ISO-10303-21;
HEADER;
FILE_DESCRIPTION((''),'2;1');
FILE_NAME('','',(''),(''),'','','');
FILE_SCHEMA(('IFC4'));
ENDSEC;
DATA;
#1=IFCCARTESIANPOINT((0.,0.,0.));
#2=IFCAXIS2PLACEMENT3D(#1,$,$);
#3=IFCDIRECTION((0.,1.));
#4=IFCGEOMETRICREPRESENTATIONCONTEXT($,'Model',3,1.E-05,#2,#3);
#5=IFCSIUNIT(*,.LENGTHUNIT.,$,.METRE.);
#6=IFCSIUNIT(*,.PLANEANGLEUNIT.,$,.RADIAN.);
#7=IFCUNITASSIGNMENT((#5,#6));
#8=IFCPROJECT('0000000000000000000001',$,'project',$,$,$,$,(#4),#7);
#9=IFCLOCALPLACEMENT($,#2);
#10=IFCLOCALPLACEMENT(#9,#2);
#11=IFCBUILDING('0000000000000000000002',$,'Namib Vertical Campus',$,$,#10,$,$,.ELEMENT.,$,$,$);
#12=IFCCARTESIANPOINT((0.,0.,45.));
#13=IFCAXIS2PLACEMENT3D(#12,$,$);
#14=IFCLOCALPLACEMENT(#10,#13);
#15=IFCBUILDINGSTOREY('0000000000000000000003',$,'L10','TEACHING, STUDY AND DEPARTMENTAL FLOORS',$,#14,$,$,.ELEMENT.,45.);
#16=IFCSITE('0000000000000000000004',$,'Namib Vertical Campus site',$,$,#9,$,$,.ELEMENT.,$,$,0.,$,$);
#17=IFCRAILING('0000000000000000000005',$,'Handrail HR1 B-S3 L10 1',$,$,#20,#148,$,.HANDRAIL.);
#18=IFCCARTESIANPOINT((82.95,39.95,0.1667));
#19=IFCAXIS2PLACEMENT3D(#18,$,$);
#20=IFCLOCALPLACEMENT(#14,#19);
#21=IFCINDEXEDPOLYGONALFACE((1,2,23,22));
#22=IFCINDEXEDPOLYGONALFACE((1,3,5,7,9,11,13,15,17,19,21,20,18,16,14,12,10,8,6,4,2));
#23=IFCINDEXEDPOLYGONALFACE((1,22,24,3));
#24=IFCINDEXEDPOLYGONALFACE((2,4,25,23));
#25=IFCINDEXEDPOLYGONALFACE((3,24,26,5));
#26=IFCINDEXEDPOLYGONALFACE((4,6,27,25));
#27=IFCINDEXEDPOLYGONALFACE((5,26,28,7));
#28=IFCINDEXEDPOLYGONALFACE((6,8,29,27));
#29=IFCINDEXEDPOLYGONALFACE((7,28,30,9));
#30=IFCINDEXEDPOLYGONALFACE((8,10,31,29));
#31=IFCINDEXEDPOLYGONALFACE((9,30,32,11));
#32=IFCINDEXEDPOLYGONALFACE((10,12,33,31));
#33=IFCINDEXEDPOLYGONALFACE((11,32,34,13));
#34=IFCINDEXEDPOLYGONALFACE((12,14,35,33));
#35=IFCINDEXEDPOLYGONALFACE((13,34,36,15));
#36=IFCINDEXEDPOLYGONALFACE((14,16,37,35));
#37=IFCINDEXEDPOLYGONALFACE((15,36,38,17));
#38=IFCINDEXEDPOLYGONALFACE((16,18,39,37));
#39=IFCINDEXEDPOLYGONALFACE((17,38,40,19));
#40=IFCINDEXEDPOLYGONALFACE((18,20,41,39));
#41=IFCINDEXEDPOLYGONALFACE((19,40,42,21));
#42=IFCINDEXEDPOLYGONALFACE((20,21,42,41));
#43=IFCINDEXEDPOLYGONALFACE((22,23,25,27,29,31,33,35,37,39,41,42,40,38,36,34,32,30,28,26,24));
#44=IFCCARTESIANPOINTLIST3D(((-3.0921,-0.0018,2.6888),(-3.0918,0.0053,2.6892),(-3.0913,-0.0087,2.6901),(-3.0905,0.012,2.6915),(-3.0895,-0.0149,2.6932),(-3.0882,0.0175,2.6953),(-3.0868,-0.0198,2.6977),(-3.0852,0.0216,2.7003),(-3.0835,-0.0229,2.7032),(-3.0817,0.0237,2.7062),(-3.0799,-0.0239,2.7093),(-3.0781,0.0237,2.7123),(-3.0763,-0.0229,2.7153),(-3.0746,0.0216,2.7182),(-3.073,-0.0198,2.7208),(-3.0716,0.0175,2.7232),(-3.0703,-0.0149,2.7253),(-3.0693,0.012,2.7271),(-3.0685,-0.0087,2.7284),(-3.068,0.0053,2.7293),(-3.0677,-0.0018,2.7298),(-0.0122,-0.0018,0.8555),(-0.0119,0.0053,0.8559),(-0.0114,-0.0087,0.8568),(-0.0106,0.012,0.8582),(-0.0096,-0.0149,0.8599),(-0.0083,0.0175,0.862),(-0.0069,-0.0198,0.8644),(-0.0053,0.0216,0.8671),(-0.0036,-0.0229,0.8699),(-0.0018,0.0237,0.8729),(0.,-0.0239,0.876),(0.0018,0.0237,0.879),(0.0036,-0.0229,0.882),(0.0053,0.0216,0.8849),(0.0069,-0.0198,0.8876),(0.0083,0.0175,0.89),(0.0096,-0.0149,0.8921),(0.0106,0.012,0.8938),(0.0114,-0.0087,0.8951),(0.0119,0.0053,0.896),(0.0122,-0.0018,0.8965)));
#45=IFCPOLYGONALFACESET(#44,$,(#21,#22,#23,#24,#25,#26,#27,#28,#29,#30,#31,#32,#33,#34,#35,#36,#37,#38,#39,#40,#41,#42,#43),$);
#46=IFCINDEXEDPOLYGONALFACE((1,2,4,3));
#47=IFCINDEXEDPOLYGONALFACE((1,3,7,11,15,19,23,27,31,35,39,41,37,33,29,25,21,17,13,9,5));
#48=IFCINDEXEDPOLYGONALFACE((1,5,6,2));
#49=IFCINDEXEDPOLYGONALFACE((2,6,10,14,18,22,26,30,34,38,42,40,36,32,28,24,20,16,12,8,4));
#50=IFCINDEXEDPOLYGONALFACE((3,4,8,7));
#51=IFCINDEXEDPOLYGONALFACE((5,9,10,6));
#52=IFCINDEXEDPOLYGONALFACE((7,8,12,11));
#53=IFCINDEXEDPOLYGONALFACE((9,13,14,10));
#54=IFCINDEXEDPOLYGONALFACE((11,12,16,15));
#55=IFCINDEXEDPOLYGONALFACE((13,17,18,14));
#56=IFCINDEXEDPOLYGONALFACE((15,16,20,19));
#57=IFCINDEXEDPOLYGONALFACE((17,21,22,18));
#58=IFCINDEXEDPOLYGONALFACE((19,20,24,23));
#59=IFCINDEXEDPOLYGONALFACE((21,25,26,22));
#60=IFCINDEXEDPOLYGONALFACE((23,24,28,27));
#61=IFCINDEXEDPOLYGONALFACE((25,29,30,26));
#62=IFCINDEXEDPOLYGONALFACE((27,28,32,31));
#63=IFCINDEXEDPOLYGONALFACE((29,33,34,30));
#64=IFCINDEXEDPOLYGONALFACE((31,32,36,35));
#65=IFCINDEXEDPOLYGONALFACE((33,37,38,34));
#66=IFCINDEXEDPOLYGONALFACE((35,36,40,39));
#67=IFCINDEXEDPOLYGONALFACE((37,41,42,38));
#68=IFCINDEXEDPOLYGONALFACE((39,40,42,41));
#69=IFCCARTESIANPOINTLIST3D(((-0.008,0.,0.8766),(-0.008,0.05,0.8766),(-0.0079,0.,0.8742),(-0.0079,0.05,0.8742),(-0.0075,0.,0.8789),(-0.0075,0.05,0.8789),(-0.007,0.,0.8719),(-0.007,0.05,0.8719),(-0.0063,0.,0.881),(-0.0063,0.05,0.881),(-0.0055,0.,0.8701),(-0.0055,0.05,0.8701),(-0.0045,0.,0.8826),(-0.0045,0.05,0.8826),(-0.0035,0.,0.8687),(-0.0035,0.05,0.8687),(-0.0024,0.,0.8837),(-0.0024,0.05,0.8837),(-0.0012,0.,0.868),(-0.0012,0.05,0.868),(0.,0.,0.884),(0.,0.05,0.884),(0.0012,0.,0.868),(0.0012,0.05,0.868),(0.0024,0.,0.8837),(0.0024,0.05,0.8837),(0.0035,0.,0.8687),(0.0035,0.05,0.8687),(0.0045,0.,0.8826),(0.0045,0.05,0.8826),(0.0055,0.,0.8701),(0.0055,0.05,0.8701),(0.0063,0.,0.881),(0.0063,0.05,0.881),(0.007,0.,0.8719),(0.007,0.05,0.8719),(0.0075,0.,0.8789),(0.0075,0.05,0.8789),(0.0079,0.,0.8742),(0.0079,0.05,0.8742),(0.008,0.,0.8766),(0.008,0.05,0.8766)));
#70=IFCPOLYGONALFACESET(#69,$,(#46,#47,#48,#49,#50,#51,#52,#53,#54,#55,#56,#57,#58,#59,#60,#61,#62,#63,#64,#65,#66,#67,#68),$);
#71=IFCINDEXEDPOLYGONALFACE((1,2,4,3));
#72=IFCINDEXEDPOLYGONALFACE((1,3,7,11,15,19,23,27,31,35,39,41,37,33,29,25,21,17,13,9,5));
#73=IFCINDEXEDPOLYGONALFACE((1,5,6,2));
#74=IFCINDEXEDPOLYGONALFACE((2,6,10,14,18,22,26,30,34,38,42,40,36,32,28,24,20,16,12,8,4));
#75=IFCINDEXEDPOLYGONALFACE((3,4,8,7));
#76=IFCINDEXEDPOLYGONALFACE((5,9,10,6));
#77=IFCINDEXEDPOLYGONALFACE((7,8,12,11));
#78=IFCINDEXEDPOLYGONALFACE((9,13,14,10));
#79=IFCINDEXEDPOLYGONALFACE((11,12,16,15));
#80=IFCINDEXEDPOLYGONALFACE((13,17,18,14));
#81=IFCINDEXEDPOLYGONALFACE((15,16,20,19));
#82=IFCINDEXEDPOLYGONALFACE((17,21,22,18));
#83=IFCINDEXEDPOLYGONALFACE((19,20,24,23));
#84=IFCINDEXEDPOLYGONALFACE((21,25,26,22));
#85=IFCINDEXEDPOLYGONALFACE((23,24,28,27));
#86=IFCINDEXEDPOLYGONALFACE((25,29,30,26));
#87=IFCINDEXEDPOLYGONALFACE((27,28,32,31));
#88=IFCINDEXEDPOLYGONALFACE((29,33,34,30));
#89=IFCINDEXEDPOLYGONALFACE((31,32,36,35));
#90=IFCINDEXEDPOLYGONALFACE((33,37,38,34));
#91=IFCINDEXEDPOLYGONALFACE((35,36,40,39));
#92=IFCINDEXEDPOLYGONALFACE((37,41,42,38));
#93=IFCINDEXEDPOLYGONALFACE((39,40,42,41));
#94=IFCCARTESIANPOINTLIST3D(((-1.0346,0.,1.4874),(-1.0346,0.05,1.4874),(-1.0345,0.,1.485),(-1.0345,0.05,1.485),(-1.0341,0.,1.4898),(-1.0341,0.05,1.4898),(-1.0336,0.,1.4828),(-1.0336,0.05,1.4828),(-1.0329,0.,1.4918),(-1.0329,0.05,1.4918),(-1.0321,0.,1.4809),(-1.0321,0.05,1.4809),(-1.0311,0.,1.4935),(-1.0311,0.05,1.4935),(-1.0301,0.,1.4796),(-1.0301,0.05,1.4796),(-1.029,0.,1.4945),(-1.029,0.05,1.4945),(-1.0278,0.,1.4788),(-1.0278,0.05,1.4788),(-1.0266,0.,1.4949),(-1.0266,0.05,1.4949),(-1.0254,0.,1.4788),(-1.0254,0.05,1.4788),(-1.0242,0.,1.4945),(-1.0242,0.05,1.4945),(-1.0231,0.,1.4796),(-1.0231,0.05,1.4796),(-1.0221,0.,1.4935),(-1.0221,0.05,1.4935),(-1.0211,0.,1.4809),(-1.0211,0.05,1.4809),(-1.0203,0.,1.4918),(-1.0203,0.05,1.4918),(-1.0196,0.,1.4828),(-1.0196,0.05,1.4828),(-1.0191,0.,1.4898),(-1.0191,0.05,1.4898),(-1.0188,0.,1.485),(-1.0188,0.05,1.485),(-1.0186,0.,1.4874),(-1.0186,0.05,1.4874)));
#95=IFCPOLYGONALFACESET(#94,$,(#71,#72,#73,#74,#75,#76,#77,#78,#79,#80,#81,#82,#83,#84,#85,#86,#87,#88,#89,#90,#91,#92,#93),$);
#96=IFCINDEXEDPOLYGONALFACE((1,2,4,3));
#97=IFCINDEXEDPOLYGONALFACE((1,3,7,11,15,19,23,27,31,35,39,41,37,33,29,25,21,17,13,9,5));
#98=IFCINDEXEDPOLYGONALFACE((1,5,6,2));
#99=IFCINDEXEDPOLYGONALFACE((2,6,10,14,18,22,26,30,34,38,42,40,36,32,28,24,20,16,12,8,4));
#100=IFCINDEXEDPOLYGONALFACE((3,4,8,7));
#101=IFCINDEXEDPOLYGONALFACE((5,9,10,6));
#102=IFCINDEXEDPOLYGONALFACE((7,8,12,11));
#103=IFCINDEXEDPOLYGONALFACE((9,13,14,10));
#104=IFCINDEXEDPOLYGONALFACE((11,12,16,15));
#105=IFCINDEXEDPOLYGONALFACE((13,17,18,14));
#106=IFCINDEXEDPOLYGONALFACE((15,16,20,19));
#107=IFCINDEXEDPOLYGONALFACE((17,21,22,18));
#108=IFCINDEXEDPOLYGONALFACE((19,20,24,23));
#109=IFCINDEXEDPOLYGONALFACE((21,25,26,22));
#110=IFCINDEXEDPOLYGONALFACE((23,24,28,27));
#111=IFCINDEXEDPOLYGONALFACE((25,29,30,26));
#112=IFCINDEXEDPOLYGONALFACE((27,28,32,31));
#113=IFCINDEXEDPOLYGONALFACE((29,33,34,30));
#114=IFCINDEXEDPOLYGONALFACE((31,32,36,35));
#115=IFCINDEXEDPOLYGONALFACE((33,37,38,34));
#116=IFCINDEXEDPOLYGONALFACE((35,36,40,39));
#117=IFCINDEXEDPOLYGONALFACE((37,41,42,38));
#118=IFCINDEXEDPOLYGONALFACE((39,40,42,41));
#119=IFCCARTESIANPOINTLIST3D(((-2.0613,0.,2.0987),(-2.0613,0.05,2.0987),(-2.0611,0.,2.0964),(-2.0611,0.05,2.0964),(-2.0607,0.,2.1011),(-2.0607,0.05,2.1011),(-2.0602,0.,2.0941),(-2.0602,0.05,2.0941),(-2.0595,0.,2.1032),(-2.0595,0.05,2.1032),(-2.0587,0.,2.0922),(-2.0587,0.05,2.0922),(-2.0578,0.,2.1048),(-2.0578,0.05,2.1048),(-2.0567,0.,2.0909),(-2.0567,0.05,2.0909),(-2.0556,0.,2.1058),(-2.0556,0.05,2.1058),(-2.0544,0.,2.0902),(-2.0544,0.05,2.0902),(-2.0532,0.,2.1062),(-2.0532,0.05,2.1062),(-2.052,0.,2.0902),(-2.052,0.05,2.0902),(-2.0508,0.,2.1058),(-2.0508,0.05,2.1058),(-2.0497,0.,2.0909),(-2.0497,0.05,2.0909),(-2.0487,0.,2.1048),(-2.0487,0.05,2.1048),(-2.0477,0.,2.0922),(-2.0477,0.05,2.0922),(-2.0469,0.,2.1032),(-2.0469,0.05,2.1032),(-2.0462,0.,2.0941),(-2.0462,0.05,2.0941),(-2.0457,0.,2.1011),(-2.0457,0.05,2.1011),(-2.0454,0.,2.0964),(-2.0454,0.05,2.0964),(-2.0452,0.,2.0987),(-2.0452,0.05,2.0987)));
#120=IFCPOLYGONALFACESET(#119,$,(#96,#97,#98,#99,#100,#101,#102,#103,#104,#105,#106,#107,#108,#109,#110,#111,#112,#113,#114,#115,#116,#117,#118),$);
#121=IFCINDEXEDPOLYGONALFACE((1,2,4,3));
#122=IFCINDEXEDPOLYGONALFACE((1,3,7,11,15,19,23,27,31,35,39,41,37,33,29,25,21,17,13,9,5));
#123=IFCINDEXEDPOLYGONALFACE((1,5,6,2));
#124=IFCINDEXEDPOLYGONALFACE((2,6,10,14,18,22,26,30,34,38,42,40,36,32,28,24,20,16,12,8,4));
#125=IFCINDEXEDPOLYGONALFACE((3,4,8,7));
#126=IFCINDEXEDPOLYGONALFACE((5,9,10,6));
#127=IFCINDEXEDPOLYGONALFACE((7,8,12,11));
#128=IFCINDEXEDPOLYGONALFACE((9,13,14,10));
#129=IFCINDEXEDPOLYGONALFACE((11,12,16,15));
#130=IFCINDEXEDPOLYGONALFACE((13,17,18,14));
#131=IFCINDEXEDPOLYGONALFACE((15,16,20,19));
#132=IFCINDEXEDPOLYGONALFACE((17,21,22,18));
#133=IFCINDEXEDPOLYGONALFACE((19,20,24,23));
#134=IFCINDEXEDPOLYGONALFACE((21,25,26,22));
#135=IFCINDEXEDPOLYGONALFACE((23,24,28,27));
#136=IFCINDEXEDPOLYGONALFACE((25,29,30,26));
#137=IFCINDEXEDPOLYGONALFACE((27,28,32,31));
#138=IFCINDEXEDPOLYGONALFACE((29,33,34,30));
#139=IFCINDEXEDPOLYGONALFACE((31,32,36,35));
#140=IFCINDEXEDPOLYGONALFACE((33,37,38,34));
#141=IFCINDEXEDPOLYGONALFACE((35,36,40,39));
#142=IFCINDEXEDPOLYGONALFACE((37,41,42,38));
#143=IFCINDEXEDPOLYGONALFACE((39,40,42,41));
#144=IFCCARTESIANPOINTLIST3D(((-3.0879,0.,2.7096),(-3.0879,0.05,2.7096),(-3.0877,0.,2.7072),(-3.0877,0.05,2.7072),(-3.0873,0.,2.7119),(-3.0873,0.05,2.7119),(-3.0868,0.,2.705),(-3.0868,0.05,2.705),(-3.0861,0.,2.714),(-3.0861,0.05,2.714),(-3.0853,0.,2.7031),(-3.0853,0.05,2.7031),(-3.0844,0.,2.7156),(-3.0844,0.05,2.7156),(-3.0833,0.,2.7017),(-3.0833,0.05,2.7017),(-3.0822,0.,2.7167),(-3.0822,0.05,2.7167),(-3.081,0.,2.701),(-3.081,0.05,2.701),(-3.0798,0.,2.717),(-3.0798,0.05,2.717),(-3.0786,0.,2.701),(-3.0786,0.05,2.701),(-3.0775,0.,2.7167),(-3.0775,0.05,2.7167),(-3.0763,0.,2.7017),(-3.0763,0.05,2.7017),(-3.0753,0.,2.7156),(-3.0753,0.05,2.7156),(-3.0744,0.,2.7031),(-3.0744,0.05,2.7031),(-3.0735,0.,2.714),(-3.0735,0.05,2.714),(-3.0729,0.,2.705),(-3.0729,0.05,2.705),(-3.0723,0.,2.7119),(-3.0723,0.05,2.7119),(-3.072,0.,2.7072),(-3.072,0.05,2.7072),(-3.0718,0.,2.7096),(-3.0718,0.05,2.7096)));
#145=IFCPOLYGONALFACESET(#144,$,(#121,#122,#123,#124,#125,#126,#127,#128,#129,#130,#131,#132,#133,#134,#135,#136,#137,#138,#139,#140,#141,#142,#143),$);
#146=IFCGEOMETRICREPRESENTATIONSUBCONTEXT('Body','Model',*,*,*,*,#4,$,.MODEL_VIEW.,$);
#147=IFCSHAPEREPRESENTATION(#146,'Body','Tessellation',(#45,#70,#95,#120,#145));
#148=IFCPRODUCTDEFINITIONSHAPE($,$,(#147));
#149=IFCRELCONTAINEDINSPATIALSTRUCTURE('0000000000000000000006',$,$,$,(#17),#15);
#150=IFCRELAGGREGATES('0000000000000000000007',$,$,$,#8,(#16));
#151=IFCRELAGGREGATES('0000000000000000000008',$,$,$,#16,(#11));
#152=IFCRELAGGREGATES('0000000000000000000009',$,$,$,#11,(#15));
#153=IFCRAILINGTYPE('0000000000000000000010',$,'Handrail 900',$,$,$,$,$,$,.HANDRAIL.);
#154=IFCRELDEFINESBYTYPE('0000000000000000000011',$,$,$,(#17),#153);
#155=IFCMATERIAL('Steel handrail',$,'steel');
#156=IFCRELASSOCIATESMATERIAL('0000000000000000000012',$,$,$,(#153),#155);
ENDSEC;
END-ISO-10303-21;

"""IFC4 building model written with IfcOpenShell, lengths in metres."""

from ifc_helpers import new_model, si_unit, direction, frame, origin, origin_2d, place, context, subcontext, project, spatial, circle, extrude, material, type_object, element, save


model = new_model("IFC4")

# Units and contexts
model_context = context("Model", 3, precision=1e-05, world=origin(), true_north=direction((0.0, 1.0)))
body_context = subcontext(model_context, "Body", "Model", "MODEL_VIEW")
ifc_project = project(units=[si_unit("LENGTHUNIT", "METRE"), si_unit("PLANEANGLEUNIT", "RADIAN")], contexts=[model_context])

# Site, building, storey
site_placement = place(None, origin())
site = spatial("IfcSite", under=ifc_project, at=site_placement, Name="Namib Vertical Campus site", CompositionType="ELEMENT", RefElevation=0.0)
building_placement = place(site_placement, origin())
building = spatial("IfcBuilding", under=site, at=building_placement, Name="Namib Vertical Campus", CompositionType="ELEMENT")
storey_placement = place(building_placement, frame((0.0, 0.0, 45.0)))
storey = spatial("IfcBuildingStorey", under=building, at=storey_placement, Name="L10", Description="TEACHING, STUDY AND DEPARTMENTAL FLOORS", CompositionType="ELEMENT", Elevation=45.0)

# Railing
ifc_material_1 = material(Name="Steel handrail", Category="steel")
railing_type_1 = type_object("IfcRailingType", Name="Handrail 900", PredefinedType="HANDRAIL", material=ifc_material_1)
railing_1_placement = place(storey_placement, frame((82.95, 39.95, 0.1667)))
element("IfcRailing", 1, at=railing_1_placement, inside=storey, type_object=railing_type_1, Name="Handrail HR1 B-S3 L10 1", PredefinedType="HANDRAIL", context=body_context, shape_type="SweptSolid", body=[
    extrude(circle(Radius=0.0239, at=origin_2d()), frame((0.0, 0.0, 0.876), z_axis=(-0.859291, 0.0, 0.511487), x_axis=(0.0, -1.0, 0.0)), (0.0, 0.0, 1.0), 3.5842),
    extrude(circle(Radius=0.0081, at=origin_2d()), frame((0.0, 0.0, 0.876), z_axis=(0.0, 1.0, 0.0), x_axis=(0.0, 0.0, 1.0)), (0.0, 0.0, 1.0), 0.05),
    extrude(circle(Radius=0.0081, at=origin_2d()), frame((-1.0266, 0.0, 1.4868), z_axis=(0.0, 1.0, 0.0), x_axis=(0.0, 0.0, 1.0)), (0.0, 0.0, 1.0), 0.05),
    extrude(circle(Radius=0.0081, at=origin_2d()), frame((-2.0532, 0.0, 2.0981), z_axis=(0.0, 1.0, 0.0), x_axis=(0.0, 0.0, 1.0)), (0.0, 0.0, 1.0), 0.05),
    extrude(circle(Radius=0.0081, at=origin_2d()), frame((-3.0798, 0.0, 2.709), z_axis=(0.0, 1.0, 0.0), x_axis=(0.0, 0.0, 1.0)), (0.0, 0.0, 1.0), 0.05),
])

save(model, "model.ifc")
